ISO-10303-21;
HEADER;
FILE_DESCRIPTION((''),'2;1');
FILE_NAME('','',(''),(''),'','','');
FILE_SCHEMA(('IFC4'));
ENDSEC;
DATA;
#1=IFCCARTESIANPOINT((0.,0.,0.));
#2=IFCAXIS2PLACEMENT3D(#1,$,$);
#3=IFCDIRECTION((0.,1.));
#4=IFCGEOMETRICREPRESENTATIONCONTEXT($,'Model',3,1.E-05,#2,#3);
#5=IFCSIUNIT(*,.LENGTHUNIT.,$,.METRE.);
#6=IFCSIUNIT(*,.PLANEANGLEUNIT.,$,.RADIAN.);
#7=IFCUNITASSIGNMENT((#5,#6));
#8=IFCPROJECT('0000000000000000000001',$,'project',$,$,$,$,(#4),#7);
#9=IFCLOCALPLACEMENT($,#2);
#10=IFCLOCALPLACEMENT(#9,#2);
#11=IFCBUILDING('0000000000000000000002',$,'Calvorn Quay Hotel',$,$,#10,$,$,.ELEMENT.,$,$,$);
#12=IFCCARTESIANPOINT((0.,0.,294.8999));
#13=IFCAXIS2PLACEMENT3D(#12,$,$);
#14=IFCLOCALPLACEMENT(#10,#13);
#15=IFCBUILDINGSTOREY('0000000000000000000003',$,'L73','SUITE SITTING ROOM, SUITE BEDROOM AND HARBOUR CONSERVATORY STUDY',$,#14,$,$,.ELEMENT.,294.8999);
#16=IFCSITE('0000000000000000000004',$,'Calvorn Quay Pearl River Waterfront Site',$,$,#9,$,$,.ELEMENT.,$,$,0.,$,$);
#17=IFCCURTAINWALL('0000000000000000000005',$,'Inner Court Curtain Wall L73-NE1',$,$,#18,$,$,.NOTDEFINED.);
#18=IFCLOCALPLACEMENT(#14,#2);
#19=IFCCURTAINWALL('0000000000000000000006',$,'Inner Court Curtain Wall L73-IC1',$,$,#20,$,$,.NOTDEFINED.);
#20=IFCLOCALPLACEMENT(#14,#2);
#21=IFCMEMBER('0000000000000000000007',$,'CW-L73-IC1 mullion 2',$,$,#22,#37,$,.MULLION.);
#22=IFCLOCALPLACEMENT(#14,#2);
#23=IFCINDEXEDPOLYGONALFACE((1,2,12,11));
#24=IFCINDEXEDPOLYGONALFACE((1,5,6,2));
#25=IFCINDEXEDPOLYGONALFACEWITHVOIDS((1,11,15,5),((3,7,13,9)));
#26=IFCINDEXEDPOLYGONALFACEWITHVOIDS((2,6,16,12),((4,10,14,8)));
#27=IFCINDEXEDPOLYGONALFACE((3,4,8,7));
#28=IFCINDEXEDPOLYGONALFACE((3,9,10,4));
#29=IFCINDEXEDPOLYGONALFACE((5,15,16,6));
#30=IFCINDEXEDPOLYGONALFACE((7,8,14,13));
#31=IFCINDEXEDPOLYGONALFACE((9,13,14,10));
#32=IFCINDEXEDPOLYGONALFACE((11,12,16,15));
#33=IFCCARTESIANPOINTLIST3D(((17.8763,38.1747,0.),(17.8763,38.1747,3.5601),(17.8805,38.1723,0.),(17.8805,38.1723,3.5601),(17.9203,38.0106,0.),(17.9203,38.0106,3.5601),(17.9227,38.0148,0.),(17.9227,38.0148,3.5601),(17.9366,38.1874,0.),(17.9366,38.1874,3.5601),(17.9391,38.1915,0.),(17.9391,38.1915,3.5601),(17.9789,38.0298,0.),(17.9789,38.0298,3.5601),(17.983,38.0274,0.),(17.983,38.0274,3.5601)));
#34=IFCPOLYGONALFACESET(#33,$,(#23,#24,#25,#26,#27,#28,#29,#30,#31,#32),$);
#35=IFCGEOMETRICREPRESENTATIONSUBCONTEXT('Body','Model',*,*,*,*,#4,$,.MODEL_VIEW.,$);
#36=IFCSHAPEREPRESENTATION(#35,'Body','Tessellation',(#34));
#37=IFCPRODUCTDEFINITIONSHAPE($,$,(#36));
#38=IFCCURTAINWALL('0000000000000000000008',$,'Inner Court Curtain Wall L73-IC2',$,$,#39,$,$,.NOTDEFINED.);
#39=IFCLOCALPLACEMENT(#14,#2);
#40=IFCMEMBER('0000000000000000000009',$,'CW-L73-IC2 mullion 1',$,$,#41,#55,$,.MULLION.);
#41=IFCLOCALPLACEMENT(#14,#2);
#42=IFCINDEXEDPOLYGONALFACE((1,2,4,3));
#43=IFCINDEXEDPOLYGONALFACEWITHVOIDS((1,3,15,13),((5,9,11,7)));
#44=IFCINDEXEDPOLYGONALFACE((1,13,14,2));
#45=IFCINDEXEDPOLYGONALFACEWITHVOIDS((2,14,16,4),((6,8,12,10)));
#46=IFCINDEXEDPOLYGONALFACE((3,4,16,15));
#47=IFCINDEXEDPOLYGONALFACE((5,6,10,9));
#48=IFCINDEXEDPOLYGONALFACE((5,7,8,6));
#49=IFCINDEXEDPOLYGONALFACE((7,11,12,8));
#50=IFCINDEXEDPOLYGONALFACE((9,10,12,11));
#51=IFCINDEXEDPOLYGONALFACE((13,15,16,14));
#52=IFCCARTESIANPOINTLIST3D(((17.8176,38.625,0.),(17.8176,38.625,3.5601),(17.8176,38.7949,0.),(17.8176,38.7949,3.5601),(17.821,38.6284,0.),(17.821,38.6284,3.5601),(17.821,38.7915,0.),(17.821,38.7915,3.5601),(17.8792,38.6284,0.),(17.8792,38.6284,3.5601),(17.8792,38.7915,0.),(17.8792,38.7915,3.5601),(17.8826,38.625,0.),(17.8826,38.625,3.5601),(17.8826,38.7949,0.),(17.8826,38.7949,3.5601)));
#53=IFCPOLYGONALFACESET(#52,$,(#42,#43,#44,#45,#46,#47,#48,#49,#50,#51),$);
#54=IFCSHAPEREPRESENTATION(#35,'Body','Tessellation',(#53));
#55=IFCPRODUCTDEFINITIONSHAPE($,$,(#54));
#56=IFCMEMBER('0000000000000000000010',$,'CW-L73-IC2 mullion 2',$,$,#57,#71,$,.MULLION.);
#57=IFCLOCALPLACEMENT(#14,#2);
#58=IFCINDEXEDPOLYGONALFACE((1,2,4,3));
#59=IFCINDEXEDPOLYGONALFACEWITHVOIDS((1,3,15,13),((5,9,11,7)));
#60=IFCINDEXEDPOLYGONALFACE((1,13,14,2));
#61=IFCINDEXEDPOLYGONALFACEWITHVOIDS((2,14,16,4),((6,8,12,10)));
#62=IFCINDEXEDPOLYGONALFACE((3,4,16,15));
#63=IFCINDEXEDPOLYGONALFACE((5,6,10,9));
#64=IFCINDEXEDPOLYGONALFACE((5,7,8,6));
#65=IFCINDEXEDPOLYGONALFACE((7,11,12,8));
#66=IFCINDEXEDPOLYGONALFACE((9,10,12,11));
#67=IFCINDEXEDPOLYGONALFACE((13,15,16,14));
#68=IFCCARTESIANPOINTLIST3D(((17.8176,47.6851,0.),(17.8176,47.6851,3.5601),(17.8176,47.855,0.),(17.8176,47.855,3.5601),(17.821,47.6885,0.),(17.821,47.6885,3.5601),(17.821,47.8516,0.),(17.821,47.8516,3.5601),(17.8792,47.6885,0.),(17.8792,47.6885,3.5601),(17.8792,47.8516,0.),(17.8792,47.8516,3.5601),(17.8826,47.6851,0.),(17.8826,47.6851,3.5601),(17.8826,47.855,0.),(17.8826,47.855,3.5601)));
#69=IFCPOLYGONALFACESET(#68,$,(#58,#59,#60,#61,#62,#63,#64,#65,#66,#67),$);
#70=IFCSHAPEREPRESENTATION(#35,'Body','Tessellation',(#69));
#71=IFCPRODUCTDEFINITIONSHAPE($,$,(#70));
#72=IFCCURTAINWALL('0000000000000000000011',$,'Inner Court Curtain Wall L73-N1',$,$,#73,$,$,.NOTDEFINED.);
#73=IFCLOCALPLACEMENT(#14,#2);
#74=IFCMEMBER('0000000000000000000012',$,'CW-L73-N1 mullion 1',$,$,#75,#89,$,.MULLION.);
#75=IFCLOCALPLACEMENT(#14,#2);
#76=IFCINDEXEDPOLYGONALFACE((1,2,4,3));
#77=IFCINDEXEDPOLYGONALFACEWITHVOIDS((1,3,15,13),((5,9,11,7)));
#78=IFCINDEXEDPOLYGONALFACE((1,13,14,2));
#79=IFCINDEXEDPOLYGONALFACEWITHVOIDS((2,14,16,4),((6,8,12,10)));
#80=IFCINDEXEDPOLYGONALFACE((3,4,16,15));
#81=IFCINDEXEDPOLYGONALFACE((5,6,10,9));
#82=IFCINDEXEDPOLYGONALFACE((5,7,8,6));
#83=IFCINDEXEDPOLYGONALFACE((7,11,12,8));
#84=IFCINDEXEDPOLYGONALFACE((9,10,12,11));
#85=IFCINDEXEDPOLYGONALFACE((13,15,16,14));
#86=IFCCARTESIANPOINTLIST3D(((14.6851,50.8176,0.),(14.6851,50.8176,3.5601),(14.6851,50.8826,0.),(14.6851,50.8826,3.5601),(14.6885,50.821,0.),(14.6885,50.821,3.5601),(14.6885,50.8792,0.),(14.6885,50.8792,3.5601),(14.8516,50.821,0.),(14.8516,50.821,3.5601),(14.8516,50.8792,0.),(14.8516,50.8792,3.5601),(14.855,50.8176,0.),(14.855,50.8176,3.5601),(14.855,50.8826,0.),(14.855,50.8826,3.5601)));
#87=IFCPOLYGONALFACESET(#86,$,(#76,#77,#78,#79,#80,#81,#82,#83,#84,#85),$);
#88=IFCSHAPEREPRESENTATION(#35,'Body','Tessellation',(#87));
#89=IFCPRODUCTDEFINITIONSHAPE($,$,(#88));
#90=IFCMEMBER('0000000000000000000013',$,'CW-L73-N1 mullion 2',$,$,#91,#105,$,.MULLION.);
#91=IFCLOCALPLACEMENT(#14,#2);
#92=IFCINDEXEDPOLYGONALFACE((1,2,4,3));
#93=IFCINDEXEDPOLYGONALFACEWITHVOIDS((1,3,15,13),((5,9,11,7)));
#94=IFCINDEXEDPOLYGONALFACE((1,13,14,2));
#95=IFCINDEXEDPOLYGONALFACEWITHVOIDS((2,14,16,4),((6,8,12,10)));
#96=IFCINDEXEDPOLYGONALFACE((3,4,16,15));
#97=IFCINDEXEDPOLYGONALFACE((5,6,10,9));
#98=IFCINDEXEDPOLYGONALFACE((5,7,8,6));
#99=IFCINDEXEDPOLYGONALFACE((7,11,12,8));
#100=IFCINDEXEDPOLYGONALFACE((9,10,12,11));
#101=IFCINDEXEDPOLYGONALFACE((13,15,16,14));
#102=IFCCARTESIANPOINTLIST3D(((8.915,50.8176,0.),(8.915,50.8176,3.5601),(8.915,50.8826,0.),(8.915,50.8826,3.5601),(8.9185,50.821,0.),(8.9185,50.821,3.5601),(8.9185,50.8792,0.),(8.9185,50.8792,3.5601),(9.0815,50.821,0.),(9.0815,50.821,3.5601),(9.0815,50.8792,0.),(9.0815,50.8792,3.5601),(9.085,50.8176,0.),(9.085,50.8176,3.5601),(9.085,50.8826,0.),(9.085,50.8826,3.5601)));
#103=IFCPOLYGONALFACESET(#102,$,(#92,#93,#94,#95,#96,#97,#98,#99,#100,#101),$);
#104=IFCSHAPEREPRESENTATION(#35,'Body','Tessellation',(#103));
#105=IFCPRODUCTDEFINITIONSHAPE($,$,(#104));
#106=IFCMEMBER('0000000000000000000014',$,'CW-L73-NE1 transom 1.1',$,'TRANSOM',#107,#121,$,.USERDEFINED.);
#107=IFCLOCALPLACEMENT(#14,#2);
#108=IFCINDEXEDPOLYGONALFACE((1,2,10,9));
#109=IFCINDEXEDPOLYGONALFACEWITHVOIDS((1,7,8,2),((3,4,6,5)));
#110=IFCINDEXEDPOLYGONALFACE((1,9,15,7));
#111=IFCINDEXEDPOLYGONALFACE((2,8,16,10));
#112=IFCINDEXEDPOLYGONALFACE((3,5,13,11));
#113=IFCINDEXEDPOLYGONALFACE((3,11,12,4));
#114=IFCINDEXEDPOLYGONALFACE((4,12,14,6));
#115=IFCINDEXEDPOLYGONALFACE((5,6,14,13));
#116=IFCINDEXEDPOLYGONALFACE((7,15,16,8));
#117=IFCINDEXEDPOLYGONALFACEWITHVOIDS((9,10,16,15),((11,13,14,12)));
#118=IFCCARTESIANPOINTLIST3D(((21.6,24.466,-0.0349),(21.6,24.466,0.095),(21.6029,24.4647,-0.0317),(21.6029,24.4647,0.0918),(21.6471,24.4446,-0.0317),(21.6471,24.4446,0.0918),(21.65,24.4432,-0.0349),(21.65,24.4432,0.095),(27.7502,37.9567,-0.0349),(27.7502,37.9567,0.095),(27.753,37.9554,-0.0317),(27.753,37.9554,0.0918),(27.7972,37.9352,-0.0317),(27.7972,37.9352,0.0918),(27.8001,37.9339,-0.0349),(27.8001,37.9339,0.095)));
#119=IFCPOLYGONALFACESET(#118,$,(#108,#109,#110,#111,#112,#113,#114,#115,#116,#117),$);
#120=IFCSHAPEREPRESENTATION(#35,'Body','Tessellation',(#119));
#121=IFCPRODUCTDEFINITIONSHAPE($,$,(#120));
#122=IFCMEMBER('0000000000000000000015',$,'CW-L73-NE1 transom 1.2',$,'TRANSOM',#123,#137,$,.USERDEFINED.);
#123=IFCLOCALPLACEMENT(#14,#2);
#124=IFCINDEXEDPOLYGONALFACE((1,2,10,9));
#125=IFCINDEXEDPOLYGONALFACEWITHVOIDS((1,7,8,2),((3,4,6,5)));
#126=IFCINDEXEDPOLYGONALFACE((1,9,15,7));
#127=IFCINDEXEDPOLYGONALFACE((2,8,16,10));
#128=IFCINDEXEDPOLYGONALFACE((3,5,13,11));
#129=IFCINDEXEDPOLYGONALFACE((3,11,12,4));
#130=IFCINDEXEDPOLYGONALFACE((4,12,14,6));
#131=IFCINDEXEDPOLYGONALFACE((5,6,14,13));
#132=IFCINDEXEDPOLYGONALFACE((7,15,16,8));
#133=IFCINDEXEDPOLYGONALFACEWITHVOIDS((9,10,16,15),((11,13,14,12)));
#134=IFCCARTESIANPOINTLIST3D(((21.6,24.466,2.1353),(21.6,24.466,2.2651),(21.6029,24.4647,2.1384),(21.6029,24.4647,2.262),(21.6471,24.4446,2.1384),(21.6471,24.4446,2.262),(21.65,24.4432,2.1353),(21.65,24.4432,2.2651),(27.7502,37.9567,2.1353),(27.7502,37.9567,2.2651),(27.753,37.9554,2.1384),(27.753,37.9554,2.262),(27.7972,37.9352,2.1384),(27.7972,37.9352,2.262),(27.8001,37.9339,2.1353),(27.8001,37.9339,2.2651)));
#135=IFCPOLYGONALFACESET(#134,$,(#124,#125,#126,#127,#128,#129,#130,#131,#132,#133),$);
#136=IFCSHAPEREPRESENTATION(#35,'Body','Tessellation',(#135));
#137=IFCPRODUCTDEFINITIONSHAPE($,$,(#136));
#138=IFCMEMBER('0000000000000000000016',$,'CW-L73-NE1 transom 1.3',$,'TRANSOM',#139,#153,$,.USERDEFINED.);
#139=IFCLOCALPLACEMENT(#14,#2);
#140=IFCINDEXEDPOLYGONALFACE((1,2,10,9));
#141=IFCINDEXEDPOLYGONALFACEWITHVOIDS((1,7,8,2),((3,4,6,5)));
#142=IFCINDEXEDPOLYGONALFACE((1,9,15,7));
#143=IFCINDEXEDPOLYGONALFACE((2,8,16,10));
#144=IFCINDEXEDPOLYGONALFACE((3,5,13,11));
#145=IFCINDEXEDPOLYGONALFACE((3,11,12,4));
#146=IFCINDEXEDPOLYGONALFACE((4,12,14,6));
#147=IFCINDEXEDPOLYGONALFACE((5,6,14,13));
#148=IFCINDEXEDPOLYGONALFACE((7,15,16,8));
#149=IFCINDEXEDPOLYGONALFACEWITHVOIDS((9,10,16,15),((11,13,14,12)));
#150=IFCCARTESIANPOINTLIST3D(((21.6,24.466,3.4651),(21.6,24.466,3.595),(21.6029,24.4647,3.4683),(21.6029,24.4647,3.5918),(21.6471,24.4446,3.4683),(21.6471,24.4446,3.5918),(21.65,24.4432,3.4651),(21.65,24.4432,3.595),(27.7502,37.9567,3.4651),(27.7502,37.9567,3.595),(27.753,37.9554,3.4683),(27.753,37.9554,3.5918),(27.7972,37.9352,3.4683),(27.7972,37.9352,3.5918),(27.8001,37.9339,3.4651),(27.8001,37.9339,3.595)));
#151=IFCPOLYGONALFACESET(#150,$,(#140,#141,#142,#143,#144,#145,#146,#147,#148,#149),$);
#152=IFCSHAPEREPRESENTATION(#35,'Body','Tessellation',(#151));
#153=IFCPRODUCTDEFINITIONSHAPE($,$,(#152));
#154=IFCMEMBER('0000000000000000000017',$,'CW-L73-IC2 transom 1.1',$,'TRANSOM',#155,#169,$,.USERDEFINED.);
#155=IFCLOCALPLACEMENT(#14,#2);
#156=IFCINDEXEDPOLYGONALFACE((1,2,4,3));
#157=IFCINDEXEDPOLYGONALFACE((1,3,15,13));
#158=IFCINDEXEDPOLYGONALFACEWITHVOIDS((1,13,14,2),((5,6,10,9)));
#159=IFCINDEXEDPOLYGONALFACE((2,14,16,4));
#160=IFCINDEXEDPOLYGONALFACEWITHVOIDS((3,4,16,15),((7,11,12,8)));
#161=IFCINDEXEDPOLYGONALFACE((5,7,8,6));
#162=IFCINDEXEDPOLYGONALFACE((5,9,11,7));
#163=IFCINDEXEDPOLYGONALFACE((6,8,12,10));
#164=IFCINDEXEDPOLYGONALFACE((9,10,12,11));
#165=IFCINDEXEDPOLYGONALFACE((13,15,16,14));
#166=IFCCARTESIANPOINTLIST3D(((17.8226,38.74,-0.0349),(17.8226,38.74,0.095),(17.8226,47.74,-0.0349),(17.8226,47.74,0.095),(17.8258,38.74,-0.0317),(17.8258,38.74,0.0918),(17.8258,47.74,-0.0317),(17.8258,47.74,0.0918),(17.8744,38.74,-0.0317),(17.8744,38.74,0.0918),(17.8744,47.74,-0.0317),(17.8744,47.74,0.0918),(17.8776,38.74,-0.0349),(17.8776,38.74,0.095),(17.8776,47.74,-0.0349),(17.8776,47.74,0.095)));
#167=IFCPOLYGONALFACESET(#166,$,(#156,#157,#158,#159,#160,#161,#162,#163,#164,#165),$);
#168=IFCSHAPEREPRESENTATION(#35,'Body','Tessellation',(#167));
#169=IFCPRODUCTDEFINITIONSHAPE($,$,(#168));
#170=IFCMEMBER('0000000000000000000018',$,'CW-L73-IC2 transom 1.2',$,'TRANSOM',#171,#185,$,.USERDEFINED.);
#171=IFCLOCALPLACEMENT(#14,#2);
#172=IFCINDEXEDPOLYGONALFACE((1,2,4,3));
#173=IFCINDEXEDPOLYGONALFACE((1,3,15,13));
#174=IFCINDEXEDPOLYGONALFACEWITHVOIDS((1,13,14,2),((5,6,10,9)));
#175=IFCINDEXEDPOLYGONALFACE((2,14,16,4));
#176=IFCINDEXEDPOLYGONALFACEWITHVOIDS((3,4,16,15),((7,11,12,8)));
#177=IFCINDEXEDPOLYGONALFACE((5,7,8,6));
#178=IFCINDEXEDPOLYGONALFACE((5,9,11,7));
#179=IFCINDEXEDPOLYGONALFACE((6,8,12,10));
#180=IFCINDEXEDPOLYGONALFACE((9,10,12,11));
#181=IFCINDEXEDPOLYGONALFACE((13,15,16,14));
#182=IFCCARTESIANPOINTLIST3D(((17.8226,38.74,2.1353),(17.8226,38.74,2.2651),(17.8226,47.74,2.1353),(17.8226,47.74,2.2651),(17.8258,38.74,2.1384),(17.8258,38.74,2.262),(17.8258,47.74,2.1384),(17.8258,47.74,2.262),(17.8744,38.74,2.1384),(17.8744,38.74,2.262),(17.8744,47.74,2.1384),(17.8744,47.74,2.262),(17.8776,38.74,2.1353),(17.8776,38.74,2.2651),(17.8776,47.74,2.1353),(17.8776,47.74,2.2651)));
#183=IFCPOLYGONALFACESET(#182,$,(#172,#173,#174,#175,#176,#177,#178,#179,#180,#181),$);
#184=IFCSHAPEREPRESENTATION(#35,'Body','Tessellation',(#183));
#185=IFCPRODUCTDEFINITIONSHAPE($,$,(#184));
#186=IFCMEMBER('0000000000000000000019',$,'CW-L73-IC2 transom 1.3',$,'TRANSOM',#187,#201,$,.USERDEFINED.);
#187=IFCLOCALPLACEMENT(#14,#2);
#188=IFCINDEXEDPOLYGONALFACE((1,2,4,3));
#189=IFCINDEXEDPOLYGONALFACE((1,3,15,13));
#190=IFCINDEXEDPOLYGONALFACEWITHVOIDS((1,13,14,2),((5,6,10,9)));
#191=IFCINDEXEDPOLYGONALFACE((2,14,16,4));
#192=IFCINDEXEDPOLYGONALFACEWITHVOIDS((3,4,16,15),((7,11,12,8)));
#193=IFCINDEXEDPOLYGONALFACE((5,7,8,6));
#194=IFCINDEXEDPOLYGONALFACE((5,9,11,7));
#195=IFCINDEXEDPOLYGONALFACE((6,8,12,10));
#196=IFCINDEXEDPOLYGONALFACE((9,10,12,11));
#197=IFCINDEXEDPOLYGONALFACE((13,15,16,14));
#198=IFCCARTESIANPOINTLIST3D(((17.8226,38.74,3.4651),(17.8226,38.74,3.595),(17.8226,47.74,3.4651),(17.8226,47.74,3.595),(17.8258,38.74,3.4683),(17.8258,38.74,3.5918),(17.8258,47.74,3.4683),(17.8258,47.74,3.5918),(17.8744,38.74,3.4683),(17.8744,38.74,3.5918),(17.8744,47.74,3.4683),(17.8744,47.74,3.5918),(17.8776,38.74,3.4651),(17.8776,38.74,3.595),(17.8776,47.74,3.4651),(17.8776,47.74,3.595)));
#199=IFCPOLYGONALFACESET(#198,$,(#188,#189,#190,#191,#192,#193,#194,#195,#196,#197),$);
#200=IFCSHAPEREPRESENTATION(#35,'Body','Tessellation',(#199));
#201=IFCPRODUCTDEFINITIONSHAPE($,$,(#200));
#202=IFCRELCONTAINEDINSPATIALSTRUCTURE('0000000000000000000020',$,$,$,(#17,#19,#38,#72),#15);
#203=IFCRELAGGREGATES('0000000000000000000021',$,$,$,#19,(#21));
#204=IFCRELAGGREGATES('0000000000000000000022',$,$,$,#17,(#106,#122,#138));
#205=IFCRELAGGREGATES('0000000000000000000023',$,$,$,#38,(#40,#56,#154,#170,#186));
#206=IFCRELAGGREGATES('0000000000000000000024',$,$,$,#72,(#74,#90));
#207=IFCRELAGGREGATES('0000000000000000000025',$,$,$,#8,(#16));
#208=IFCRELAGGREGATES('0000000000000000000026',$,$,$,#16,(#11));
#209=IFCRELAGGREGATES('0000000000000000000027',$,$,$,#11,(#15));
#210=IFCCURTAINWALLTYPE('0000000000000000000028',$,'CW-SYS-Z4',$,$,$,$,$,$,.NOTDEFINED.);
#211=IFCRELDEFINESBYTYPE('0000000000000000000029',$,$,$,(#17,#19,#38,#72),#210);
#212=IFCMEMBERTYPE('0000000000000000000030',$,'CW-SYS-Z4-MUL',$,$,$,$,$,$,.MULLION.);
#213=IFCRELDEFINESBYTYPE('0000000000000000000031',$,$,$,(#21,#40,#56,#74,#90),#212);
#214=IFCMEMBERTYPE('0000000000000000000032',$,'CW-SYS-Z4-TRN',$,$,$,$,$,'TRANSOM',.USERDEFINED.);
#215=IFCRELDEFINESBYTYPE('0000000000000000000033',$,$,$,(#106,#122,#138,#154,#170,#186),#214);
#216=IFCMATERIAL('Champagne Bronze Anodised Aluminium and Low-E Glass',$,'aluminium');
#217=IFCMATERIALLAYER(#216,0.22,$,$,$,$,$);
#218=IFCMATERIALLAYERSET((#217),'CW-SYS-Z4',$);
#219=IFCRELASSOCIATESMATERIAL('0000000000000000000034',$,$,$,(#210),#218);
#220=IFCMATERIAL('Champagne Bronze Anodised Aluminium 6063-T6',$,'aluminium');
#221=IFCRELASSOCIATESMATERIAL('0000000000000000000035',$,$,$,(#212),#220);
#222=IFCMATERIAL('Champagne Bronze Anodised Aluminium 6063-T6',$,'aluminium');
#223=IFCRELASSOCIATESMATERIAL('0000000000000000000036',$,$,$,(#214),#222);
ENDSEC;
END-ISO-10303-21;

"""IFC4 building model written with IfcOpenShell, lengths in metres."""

from ifc_helpers import new_model, si_unit, direction, frame, origin, origin_2d, place, context, subcontext, project, spatial, hollow_rectangle, extrude, material, layer, layer_set, material_profile, profile_set, type_object, element, aggregate, save


model = new_model("IFC4")

# Units and contexts
model_context = context("Model", 3, precision=1e-05, world=origin(), true_north=direction((0.0, 1.0)))
body_context = subcontext(model_context, "Body", "Model", "MODEL_VIEW")
ifc_project = project(units=[si_unit("LENGTHUNIT", "METRE"), si_unit("PLANEANGLEUNIT", "RADIAN")], contexts=[model_context])

# Site, building, storey
site_placement = place(None, origin())
site = spatial("IfcSite", under=ifc_project, at=site_placement, Name="Calvorn Quay Pearl River Waterfront Site", CompositionType="ELEMENT", RefElevation=0.0)
building_placement = place(site_placement, origin())
building = spatial("IfcBuilding", under=site, at=building_placement, Name="Calvorn Quay Hotel", CompositionType="ELEMENT")
storey_placement = place(building_placement, frame((0.0, 0.0, 294.8999)))
storey = spatial("IfcBuildingStorey", under=building, at=storey_placement, Name="L73", Description="SUITE SITTING ROOM, SUITE BEDROOM AND HARBOUR CONSERVATORY STUDY", CompositionType="ELEMENT", Elevation=294.8999)

# Curtain walls, member
ifc_material_1 = material(Name="Champagne Bronze Anodised Aluminium and Low-E Glass", Category="aluminium")
ifc_layer_1 = layer(ifc_material_1, 0.22)
ifc_layer_set_1 = layer_set([ifc_layer_1], Name="CW-SYS-Z4")
curtain_wall_type = type_object("IfcCurtainWallType", Name="CW-SYS-Z4", PredefinedType="NOTDEFINED", material=ifc_layer_set_1)
curtain_wall_1_placement = place(storey_placement, origin())
curtain_wall_1 = element("IfcCurtainWall", 1, at=curtain_wall_1_placement, inside=storey, type_object=curtain_wall_type, Name="Inner Court Curtain Wall L73-NE1", PredefinedType="NOTDEFINED")
ifc_material_2 = material(Name="Champagne Bronze Anodised Aluminium 6063-T6", Category="aluminium")
ifc_material_profile_1 = material_profile(ifc_material_2, hollow_rectangle(XDim=0.0649, YDim=0.1699, WallThickness=0.0034, at=origin_2d()), Name="ALU-M170x65x3.5")
ifc_profile_set_1 = profile_set([ifc_material_profile_1], Name="Champagne Bronze Anodised Aluminium 6063-T6")
member_type_1 = type_object("IfcMemberType", Name="CW-SYS-Z4-MUL", PredefinedType="MULLION", material=ifc_profile_set_1)
curtain_wall_2_placement = place(storey_placement, origin())
curtain_wall_2 = element("IfcCurtainWall", 2, at=curtain_wall_2_placement, inside=storey, type_object=curtain_wall_type, Name="Inner Court Curtain Wall L73-IC1", PredefinedType="NOTDEFINED")
member_1_placement = place(storey_placement, frame((17.9297, 38.1011, 0.0), z_axis=(0.0, 0.0, 1.0), x_axis=(-0.965937, -0.258779, 0.0)))
member_1 = element("IfcMember", 3, at=member_1_placement, type_object=member_type_1, Name="CW-L73-IC1 mullion 2", PredefinedType="MULLION", context=body_context, shape_type="SweptSolid", body=[
    extrude(hollow_rectangle(XDim=0.0649, YDim=0.1699, WallThickness=0.0034, at=origin_2d()), origin(), (0.0, 0.0, 1.0), 3.5601),
])
aggregate(curtain_wall_2, [member_1])

# Curtain walls, members
curtain_wall_3_placement = place(storey_placement, origin())
curtain_wall_3 = element("IfcCurtainWall", 4, at=curtain_wall_3_placement, inside=storey, type_object=curtain_wall_type, Name="Inner Court Curtain Wall L73-IC2", PredefinedType="NOTDEFINED")
member_2_placement = place(storey_placement, frame((17.8501, 38.71, 0.0), z_axis=(0.0, 0.0, 1.0), x_axis=(-1.0, 0.0, 0.0)))
member_2 = element("IfcMember", 5, at=member_2_placement, type_object=member_type_1, Name="CW-L73-IC2 mullion 1", PredefinedType="MULLION", context=body_context, shape_type="SweptSolid", body=[
    extrude(hollow_rectangle(XDim=0.0649, YDim=0.1699, WallThickness=0.0034, at=origin_2d()), origin(), (0.0, 0.0, 1.0), 3.5601),
])
member_3_placement = place(storey_placement, frame((17.8501, 47.77, 0.0), z_axis=(0.0, 0.0, 1.0), x_axis=(-1.0, 0.0, 0.0)))
member_3 = element("IfcMember", 6, at=member_3_placement, type_object=member_type_1, Name="CW-L73-IC2 mullion 2", PredefinedType="MULLION", context=body_context, shape_type="SweptSolid", body=[
    extrude(hollow_rectangle(XDim=0.0649, YDim=0.1699, WallThickness=0.0034, at=origin_2d()), origin(), (0.0, 0.0, 1.0), 3.5601),
])
curtain_wall_4_placement = place(storey_placement, origin())
curtain_wall_4 = element("IfcCurtainWall", 7, at=curtain_wall_4_placement, inside=storey, type_object=curtain_wall_type, Name="Inner Court Curtain Wall L73-N1", PredefinedType="NOTDEFINED")
member_4_placement = place(storey_placement, frame((14.77, 50.8501, 0.0), z_axis=(0.0, 0.0, 1.0), x_axis=(0.0, -1.0, 0.0)))
member_4 = element("IfcMember", 8, at=member_4_placement, type_object=member_type_1, Name="CW-L73-N1 mullion 1", PredefinedType="MULLION", context=body_context, shape_type="SweptSolid", body=[
    extrude(hollow_rectangle(XDim=0.0649, YDim=0.1699, WallThickness=0.0034, at=origin_2d()), origin(), (0.0, 0.0, 1.0), 3.5601),
])
member_5_placement = place(storey_placement, frame((9.0, 50.8501, 0.0), z_axis=(0.0, 0.0, 1.0), x_axis=(0.0, -1.0, 0.0)))
member_5 = element("IfcMember", 9, at=member_5_placement, type_object=member_type_1, Name="CW-L73-N1 mullion 2", PredefinedType="MULLION", context=body_context, shape_type="SweptSolid", body=[
    extrude(hollow_rectangle(XDim=0.0649, YDim=0.1699, WallThickness=0.0034, at=origin_2d()), origin(), (0.0, 0.0, 1.0), 3.5601),
])

# Members
ifc_material_3 = material(Name="Champagne Bronze Anodised Aluminium 6063-T6", Category="aluminium")
ifc_material_profile_2 = material_profile(ifc_material_3, hollow_rectangle(XDim=0.0549, YDim=0.1299, WallThickness=0.0032, at=origin_2d()), Name="ALU-T130x55x3.2")
ifc_profile_set_2 = profile_set([ifc_material_profile_2], Name="Champagne Bronze Anodised Aluminium 6063-T6")
member_type_2 = type_object("IfcMemberType", Name="CW-SYS-Z4-TRN", ElementType="TRANSOM", PredefinedType="USERDEFINED", material=ifc_profile_set_2)
member_6_placement = place(storey_placement, frame((27.7751, 37.9453, 0.03), z_axis=(-0.414809, -0.909909, 0.0), x_axis=(0.909909, -0.414809, 0.0)))
member_6 = element("IfcMember", 10, at=member_6_placement, type_object=member_type_2, Name="CW-L73-NE1 transom 1.1", ObjectType="TRANSOM", PredefinedType="USERDEFINED", context=body_context, shape_type="SweptSolid", body=[
    extrude(hollow_rectangle(XDim=0.0549, YDim=0.1299, WallThickness=0.0032, at=origin_2d()), origin(), (0.0, 0.0, 1.0), 14.8264),
])
member_7_placement = place(storey_placement, frame((27.7751, 37.9453, 2.2002), z_axis=(-0.414809, -0.909909, 0.0), x_axis=(0.909909, -0.414809, 0.0)))
member_7 = element("IfcMember", 11, at=member_7_placement, type_object=member_type_2, Name="CW-L73-NE1 transom 1.2", ObjectType="TRANSOM", PredefinedType="USERDEFINED", context=body_context, shape_type="SweptSolid", body=[
    extrude(hollow_rectangle(XDim=0.0549, YDim=0.1299, WallThickness=0.0032, at=origin_2d()), origin(), (0.0, 0.0, 1.0), 14.8264),
])
member_8_placement = place(storey_placement, frame((27.7751, 37.9453, 3.53), z_axis=(-0.414809, -0.909909, 0.0), x_axis=(0.909909, -0.414809, 0.0)))
member_8 = element("IfcMember", 12, at=member_8_placement, type_object=member_type_2, Name="CW-L73-NE1 transom 1.3", ObjectType="TRANSOM", PredefinedType="USERDEFINED", context=body_context, shape_type="SweptSolid", body=[
    extrude(hollow_rectangle(XDim=0.0549, YDim=0.1299, WallThickness=0.0032, at=origin_2d()), origin(), (0.0, 0.0, 1.0), 14.8264),
])
aggregate(curtain_wall_1, [member_6, member_7, member_8])
member_9_placement = place(storey_placement, frame((17.8501, 38.74, 0.03), z_axis=(0.0, 1.0, 0.0), x_axis=(-1.0, 0.0, 0.0)))
member_9 = element("IfcMember", 13, at=member_9_placement, type_object=member_type_2, Name="CW-L73-IC2 transom 1.1", ObjectType="TRANSOM", PredefinedType="USERDEFINED", context=body_context, shape_type="SweptSolid", body=[
    extrude(hollow_rectangle(XDim=0.0549, YDim=0.1299, WallThickness=0.0032, at=origin_2d()), origin(), (0.0, 0.0, 1.0), 9.0),
])
member_10_placement = place(storey_placement, frame((17.8501, 38.74, 2.2002), z_axis=(0.0, 1.0, 0.0), x_axis=(-1.0, 0.0, 0.0)))
member_10 = element("IfcMember", 14, at=member_10_placement, type_object=member_type_2, Name="CW-L73-IC2 transom 1.2", ObjectType="TRANSOM", PredefinedType="USERDEFINED", context=body_context, shape_type="SweptSolid", body=[
    extrude(hollow_rectangle(XDim=0.0549, YDim=0.1299, WallThickness=0.0032, at=origin_2d()), origin(), (0.0, 0.0, 1.0), 9.0),
])
member_11_placement = place(storey_placement, frame((17.8501, 38.74, 3.53), z_axis=(0.0, 1.0, 0.0), x_axis=(-1.0, 0.0, 0.0)))
member_11 = element("IfcMember", 15, at=member_11_placement, type_object=member_type_2, Name="CW-L73-IC2 transom 1.3", ObjectType="TRANSOM", PredefinedType="USERDEFINED", context=body_context, shape_type="SweptSolid", body=[
    extrude(hollow_rectangle(XDim=0.0549, YDim=0.1299, WallThickness=0.0032, at=origin_2d()), origin(), (0.0, 0.0, 1.0), 9.0),
])

aggregate(curtain_wall_3, [member_2, member_3, member_9, member_10, member_11])
aggregate(curtain_wall_4, [member_4, member_5])

save(model, "model.ifc")
